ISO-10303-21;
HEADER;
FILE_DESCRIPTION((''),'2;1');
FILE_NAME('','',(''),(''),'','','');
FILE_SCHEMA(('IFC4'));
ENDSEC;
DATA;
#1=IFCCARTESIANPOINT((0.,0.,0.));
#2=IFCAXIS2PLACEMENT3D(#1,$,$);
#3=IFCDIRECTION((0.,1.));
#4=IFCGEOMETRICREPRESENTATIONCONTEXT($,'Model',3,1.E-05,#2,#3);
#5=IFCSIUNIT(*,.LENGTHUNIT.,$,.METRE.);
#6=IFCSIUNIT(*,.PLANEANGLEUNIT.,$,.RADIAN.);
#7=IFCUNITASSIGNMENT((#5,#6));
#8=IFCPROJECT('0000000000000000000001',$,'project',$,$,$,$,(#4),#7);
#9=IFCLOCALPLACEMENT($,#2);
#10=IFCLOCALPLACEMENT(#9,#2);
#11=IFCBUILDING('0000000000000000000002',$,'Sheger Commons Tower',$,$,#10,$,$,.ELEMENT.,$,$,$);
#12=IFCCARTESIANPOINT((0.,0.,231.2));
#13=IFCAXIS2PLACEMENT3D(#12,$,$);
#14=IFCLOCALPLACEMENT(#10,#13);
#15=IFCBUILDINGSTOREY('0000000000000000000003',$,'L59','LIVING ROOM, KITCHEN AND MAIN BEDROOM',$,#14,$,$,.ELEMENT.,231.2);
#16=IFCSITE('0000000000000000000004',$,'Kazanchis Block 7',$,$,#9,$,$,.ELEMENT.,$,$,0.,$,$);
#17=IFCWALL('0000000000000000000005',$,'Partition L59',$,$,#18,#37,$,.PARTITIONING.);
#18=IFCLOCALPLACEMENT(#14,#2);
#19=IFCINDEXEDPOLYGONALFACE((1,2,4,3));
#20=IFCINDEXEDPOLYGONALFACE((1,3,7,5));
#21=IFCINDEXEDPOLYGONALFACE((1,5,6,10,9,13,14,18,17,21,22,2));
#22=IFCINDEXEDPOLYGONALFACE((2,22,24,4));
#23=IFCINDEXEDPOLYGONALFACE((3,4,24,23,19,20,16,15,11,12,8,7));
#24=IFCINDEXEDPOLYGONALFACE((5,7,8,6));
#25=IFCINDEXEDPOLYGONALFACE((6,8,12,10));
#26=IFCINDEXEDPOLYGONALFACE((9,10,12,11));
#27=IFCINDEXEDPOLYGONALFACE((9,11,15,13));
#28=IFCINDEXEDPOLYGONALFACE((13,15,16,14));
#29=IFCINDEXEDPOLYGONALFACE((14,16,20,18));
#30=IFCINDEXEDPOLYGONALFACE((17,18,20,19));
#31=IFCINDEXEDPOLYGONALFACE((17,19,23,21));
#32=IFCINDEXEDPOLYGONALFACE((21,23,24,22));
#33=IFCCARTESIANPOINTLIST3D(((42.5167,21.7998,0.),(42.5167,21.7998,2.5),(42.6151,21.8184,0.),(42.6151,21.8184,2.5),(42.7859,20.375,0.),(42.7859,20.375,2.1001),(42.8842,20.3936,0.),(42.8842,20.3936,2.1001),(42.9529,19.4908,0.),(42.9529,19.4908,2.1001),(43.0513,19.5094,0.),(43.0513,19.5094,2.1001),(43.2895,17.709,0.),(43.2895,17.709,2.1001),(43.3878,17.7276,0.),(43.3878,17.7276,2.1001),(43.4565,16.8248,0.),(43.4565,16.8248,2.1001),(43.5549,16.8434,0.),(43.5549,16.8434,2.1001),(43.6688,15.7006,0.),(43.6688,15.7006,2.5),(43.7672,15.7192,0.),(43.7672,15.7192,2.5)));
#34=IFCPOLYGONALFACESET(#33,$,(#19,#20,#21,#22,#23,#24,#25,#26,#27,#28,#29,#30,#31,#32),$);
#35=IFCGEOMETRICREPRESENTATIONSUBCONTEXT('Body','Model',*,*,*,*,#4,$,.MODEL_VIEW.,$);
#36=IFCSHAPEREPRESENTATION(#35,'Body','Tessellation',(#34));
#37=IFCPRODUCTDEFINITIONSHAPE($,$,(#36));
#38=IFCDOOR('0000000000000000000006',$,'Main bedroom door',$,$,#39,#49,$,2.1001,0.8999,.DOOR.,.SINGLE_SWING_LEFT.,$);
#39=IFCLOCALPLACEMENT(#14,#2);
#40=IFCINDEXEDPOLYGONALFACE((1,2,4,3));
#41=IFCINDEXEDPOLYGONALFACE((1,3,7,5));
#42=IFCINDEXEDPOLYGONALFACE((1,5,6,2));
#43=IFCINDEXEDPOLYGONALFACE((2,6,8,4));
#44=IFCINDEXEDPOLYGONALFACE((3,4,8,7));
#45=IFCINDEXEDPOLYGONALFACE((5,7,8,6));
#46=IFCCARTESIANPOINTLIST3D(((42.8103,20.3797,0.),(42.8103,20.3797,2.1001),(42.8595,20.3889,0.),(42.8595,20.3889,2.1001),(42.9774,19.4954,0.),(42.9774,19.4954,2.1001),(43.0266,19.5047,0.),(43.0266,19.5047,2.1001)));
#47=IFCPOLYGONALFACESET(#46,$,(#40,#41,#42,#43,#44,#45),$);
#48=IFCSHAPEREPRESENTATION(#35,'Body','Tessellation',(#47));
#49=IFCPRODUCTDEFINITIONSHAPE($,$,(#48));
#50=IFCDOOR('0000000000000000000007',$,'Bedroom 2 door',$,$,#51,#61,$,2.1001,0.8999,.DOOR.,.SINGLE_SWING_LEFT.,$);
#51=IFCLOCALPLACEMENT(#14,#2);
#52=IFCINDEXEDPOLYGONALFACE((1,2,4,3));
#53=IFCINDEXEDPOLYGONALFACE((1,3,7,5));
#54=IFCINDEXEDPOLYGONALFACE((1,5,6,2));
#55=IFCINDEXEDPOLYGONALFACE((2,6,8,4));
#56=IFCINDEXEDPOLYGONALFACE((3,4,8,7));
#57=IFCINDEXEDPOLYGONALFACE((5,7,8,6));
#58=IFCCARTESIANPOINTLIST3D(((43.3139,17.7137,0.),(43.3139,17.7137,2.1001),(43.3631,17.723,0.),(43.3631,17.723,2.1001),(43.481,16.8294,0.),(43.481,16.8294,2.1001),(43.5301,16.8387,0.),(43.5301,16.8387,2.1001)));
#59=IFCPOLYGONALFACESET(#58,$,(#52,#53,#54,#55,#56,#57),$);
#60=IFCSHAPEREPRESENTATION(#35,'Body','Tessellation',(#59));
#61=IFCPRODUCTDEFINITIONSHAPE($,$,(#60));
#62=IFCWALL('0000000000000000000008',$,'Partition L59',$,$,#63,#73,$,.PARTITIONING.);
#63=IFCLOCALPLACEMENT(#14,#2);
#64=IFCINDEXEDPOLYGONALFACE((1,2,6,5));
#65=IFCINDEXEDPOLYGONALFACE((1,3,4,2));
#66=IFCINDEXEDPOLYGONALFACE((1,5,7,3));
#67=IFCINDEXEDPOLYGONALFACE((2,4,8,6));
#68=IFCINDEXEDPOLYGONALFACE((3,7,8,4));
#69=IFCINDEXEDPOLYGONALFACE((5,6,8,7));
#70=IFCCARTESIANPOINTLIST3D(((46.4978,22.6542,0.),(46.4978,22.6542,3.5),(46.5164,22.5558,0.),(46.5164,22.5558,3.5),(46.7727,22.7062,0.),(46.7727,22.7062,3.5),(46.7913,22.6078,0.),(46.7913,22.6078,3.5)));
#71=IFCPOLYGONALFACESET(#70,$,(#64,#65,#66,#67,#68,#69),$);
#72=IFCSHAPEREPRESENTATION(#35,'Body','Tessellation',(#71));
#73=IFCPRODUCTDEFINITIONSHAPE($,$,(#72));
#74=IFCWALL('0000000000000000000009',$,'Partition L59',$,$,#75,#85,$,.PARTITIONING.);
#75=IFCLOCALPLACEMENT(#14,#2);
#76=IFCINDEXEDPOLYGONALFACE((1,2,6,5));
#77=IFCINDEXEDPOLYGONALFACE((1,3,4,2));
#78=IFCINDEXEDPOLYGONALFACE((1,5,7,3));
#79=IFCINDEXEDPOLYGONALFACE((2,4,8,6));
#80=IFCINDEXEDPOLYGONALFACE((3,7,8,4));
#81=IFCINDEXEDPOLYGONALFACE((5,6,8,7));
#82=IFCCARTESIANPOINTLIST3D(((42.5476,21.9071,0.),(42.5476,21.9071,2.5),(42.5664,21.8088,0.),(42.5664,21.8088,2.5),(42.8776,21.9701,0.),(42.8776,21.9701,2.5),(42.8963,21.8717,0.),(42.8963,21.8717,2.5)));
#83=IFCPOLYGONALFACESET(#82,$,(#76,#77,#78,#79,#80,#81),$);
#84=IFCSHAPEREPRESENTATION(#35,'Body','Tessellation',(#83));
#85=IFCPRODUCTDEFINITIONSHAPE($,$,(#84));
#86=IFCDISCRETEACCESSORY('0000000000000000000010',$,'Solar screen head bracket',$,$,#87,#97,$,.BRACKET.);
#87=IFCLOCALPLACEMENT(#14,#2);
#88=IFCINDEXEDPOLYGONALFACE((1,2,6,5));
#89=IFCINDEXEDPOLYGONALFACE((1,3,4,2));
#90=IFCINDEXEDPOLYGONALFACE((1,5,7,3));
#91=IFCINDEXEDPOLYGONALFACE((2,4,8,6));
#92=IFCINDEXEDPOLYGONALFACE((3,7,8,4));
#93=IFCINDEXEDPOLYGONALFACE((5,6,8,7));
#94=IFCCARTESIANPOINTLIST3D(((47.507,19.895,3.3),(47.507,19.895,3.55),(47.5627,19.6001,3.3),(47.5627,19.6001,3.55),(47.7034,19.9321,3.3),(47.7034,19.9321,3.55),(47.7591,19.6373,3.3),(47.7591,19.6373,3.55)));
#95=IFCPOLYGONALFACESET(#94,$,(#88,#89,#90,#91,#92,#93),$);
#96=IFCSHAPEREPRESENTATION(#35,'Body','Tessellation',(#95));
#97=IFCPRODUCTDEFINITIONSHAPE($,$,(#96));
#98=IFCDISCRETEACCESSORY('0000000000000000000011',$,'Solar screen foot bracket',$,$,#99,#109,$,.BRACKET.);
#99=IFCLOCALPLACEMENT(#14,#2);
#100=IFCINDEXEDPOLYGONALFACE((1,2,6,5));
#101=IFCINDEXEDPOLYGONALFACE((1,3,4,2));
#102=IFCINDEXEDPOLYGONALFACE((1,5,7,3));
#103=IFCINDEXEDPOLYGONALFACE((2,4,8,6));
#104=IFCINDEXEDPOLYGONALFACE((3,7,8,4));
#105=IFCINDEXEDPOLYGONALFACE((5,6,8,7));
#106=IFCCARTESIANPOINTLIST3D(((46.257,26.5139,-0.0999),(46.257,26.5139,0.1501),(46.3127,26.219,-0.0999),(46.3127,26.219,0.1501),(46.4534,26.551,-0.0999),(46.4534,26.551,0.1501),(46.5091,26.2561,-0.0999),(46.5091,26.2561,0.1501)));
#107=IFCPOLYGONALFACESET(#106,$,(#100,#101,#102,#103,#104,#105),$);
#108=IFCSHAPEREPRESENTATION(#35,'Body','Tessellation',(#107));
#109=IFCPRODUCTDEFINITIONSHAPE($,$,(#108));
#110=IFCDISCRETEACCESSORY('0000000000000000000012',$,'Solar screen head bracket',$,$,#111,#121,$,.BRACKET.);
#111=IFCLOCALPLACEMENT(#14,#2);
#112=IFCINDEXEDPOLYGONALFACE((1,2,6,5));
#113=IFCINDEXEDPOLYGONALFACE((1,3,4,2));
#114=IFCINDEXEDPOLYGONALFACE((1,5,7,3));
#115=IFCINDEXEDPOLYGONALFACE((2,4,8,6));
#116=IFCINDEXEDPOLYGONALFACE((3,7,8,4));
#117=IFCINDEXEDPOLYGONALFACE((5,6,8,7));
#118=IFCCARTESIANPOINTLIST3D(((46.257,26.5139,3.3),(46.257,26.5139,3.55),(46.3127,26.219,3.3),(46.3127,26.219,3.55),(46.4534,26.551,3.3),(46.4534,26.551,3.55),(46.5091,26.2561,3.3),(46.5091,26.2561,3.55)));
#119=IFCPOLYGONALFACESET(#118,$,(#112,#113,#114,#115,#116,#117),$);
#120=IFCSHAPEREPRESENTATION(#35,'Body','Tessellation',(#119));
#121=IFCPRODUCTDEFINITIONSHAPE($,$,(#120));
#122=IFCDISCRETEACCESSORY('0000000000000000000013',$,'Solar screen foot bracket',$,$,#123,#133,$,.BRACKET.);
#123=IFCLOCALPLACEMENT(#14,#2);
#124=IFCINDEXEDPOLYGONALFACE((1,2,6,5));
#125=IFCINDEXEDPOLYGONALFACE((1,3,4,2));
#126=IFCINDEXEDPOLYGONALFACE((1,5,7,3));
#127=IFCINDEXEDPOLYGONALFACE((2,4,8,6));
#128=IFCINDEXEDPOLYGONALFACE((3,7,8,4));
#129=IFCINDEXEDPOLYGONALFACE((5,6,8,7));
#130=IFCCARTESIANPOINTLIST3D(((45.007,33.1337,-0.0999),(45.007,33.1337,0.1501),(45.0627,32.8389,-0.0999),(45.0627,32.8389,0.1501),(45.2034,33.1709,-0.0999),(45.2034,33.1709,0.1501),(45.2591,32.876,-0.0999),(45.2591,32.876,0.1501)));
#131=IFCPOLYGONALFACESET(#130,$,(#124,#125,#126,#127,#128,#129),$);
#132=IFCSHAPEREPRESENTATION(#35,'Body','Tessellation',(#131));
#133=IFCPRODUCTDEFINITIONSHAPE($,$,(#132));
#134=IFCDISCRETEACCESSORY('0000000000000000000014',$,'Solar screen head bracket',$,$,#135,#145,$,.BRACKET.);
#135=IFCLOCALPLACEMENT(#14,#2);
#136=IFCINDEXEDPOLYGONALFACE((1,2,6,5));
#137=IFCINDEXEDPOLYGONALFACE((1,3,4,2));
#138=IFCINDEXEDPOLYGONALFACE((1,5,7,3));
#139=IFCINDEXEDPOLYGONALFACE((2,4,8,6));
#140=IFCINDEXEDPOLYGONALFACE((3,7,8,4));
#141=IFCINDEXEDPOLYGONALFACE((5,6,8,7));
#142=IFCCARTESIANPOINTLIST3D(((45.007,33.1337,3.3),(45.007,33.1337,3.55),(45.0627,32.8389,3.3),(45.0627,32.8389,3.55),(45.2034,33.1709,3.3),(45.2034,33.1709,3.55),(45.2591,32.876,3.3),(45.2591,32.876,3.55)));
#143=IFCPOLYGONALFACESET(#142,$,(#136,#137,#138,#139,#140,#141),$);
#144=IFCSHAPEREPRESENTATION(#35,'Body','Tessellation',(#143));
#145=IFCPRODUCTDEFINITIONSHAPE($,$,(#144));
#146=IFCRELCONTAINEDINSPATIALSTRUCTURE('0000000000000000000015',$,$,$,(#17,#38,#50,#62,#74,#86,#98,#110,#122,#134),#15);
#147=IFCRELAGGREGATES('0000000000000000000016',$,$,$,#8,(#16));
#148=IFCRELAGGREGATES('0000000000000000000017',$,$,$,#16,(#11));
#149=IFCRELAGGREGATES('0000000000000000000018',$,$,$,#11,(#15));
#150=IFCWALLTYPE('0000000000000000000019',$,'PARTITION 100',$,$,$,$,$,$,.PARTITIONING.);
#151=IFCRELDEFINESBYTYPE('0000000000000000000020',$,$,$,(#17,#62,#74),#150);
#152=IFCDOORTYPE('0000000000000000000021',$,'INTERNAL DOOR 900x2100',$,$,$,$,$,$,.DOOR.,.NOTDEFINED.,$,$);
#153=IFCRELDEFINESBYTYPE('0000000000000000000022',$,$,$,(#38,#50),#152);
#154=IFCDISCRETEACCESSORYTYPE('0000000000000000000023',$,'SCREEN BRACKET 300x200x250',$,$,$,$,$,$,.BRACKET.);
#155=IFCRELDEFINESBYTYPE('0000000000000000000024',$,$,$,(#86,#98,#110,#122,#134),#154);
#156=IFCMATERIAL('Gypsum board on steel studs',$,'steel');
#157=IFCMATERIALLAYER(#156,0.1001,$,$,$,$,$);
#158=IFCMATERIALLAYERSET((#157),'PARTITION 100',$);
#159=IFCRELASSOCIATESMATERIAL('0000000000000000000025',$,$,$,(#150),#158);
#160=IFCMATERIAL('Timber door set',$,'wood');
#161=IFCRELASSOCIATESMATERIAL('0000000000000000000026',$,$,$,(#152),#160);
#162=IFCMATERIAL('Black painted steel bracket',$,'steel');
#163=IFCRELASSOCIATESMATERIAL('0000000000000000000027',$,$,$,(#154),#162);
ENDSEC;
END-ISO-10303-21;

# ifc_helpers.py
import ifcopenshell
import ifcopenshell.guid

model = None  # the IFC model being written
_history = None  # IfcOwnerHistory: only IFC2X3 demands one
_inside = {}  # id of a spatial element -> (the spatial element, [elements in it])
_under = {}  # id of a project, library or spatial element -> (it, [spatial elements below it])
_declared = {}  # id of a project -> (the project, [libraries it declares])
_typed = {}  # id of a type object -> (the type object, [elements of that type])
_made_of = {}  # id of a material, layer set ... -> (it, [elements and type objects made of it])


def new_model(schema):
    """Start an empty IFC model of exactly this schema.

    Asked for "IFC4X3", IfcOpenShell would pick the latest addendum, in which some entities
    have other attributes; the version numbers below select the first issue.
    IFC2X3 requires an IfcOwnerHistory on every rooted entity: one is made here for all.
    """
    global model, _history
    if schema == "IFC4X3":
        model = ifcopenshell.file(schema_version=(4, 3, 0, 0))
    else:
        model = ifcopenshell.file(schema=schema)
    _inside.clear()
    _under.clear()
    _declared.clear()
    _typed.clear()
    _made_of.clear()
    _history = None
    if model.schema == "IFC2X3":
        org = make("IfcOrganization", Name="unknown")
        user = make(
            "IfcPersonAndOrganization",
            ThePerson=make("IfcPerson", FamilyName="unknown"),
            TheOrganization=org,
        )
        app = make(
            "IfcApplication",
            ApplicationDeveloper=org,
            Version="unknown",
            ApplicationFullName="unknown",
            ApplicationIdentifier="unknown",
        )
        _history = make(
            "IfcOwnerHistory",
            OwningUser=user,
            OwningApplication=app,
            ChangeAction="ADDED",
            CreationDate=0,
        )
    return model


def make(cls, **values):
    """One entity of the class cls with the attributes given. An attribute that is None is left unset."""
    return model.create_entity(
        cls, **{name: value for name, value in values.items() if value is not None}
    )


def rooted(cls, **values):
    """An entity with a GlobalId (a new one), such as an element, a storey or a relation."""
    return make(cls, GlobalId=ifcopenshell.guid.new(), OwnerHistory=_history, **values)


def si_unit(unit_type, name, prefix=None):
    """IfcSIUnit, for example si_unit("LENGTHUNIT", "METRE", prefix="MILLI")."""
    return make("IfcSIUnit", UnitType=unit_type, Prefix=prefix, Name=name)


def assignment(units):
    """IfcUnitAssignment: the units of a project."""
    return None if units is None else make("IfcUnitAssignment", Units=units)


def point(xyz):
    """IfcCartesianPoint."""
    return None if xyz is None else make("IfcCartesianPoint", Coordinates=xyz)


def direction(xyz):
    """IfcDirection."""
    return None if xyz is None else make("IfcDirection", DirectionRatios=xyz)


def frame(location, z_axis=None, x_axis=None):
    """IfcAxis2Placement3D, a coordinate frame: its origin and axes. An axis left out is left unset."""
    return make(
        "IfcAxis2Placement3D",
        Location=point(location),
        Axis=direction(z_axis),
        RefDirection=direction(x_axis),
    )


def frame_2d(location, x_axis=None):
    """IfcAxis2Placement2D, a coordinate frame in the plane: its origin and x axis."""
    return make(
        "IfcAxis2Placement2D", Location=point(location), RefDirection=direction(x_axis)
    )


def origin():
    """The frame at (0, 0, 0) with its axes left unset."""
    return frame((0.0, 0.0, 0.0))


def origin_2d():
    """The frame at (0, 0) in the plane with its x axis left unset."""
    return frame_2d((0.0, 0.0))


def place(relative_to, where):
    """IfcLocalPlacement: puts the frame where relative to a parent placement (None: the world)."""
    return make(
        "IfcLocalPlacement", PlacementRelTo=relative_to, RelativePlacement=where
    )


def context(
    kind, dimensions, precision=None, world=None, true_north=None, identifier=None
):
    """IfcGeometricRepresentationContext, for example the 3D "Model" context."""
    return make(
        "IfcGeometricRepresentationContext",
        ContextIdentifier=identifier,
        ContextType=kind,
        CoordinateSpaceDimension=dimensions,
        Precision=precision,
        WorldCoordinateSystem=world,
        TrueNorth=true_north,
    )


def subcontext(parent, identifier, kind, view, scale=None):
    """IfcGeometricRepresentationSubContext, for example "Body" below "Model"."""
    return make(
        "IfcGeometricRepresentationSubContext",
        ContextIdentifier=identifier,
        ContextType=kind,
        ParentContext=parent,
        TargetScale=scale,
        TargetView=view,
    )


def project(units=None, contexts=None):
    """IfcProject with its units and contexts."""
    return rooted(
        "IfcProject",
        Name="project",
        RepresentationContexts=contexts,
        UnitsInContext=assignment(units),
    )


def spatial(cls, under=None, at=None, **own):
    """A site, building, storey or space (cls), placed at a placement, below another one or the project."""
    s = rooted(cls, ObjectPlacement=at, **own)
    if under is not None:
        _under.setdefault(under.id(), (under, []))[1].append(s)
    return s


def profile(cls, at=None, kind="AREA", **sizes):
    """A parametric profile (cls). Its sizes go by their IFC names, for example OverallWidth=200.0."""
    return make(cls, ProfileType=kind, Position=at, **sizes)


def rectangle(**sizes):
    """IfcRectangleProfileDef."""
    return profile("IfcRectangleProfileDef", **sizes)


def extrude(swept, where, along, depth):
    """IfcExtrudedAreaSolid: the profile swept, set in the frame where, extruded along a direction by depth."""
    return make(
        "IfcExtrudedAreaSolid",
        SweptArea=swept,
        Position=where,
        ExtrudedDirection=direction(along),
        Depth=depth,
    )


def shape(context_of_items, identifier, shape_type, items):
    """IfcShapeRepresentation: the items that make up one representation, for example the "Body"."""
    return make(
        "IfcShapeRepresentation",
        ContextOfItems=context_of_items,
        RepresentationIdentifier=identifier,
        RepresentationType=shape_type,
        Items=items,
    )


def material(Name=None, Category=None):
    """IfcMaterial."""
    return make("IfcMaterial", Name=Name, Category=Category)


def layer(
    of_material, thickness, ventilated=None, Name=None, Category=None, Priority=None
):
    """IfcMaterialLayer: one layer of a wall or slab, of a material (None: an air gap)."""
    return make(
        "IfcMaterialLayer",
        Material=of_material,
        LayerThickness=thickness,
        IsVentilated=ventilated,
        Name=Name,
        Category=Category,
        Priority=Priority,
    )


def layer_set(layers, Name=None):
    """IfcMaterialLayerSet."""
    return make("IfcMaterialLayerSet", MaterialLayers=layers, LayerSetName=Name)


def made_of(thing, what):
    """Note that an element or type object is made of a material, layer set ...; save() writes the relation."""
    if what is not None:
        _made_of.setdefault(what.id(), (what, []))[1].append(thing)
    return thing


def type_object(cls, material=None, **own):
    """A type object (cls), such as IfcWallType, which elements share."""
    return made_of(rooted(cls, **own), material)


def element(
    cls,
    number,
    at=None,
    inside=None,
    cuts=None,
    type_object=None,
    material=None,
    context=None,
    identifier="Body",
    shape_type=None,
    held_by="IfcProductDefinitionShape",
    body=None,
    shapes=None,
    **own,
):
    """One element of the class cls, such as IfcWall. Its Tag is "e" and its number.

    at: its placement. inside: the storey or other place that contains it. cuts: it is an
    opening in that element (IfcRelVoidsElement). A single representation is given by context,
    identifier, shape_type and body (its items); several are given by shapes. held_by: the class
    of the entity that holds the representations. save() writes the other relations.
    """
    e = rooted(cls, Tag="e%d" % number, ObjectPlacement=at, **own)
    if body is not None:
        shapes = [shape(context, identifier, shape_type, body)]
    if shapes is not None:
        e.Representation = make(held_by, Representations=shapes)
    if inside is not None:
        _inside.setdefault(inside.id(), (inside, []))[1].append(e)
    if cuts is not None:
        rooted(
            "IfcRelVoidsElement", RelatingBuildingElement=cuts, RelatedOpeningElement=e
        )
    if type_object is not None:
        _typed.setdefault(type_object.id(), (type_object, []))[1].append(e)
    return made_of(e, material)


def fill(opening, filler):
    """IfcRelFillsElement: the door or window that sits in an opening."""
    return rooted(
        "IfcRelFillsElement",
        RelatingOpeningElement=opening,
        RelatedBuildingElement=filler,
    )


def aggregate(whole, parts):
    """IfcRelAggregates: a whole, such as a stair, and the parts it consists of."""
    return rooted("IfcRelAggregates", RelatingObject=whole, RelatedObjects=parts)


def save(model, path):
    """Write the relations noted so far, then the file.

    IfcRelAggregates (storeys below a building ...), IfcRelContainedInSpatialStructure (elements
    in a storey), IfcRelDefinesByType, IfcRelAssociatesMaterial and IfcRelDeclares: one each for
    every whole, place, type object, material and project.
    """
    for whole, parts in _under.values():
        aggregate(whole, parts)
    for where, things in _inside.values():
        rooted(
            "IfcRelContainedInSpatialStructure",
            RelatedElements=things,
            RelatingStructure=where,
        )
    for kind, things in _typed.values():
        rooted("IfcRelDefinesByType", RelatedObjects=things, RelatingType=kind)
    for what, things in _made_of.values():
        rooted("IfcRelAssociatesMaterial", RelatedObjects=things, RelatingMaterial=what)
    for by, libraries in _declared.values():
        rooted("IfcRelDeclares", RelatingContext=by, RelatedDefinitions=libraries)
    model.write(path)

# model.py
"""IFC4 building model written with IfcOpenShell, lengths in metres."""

from ifc_helpers import new_model, si_unit, direction, frame, frame_2d, origin, origin_2d, place, context, subcontext, project, spatial, rectangle, extrude, material, layer, layer_set, type_object, element, fill, save


model = new_model("IFC4")

# Units and contexts
model_context = context("Model", 3, precision=1e-05, world=origin(), true_north=direction((0.0, 1.0)))
body_context = subcontext(model_context, "Body", "Model", "MODEL_VIEW")
ifc_project = project(units=[si_unit("LENGTHUNIT", "METRE"), si_unit("PLANEANGLEUNIT", "RADIAN")], contexts=[model_context])

# Site, building, storey
site_placement = place(None, origin())
site = spatial("IfcSite", under=ifc_project, at=site_placement, Name="Kazanchis Block 7", CompositionType="ELEMENT", RefElevation=0.0)
building_placement = place(site_placement, origin())
building = spatial("IfcBuilding", under=site, at=building_placement, Name="Sheger Commons Tower", CompositionType="ELEMENT")
storey_placement = place(building_placement, frame((0.0, 0.0, 231.2)))
storey = spatial("IfcBuildingStorey", under=building, at=storey_placement, Name="L59", Description="LIVING ROOM, KITCHEN AND MAIN BEDROOM", CompositionType="ELEMENT", Elevation=231.2)

# Shared definitions
ifc_material_1 = material(Name="Gypsum board on steel studs", Category="steel")
ifc_layer_1 = layer(ifc_material_1, 0.1001)
ifc_layer_set_1 = layer_set([ifc_layer_1], Name="PARTITION 100")
wall_type_1 = type_object("IfcWallType", Name="PARTITION 100", PredefinedType="PARTITIONING", material=ifc_layer_set_1)

# Wall, openings, doors
wall_1_placement = place(storey_placement, frame((42.5659, 21.8091, 0.0), z_axis=(0.0, 0.0, 1.0), x_axis=(0.185614, -0.982623, 0.0)))
wall_1 = element("IfcWall", 1, at=wall_1_placement, inside=storey, type_object=wall_type_1, Name="Partition L59", PredefinedType="PARTITIONING", context=body_context, shape_type="SweptSolid", body=[
    extrude(rectangle(XDim=6.207, YDim=0.1001, at=frame_2d((3.1035, 0.0))), origin(), (0.0, 0.0, 1.0), 2.5),
])
opening_1_placement = place(wall_1_placement, frame((1.45, 0.0, 0.0)))
opening_1 = element("IfcOpeningElement", 2, at=opening_1_placement, cuts=wall_1, PredefinedType="OPENING", context=body_context, shape_type="SweptSolid", body=[
    extrude(rectangle(XDim=0.8999, YDim=2.1001, at=frame_2d((0.45, 1.05))), frame((0.0, 0.0601, 0.0), z_axis=(0.0, -1.0, 0.0), x_axis=(1.0, 0.0, 0.0)), (0.0, 0.0, 1.0), 0.1201),
])
opening_2_placement = place(wall_1_placement, frame((4.1631, 0.0, 0.0)))
opening_2 = element("IfcOpeningElement", 3, at=opening_2_placement, cuts=wall_1, PredefinedType="OPENING", context=body_context, shape_type="SweptSolid", body=[
    extrude(rectangle(XDim=0.8999, YDim=2.1001, at=frame_2d((0.45, 1.05))), frame((0.0, 0.0601, 0.0), z_axis=(0.0, -1.0, 0.0), x_axis=(1.0, 0.0, 0.0)), (0.0, 0.0, 1.0), 0.1201),
])
ifc_material_2 = material(Name="Timber door set", Category="wood")
door_type = type_object("IfcDoorType", Name="INTERNAL DOOR 900x2100", OperationType="NOTDEFINED", PredefinedType="DOOR", material=ifc_material_2)
door_1_placement = place(opening_1_placement, origin())
door_1 = element("IfcDoor", 4, at=door_1_placement, inside=storey, type_object=door_type, Name="Main bedroom door", OperationType="SINGLE_SWING_LEFT", OverallHeight=2.1001, OverallWidth=0.8999, PredefinedType="DOOR", context=body_context, shape_type="SweptSolid", body=[
    extrude(rectangle(XDim=0.8999, YDim=2.1001, at=frame_2d((0.45, 1.05))), frame((0.0, 0.0249, 0.0), z_axis=(0.0, -1.0, 0.0), x_axis=(1.0, 0.0, 0.0)), (0.0, 0.0, 1.0), 0.05),
])
fill(opening_1, door_1)
door_2_placement = place(opening_2_placement, origin())
door_2 = element("IfcDoor", 5, at=door_2_placement, inside=storey, type_object=door_type, Name="Bedroom 2 door", OperationType="SINGLE_SWING_LEFT", OverallHeight=2.1001, OverallWidth=0.8999, PredefinedType="DOOR", context=body_context, shape_type="SweptSolid", body=[
    extrude(rectangle(XDim=0.8999, YDim=2.1001, at=frame_2d((0.45, 1.05))), frame((0.0, 0.0249, 0.0), z_axis=(0.0, -1.0, 0.0), x_axis=(1.0, 0.0, 0.0)), (0.0, 0.0, 1.0), 0.05),
])
fill(opening_2, door_2)

# Walls
wall_2_placement = place(storey_placement, frame((46.782, 22.657, 0.0), z_axis=(0.0, 0.0, 1.0), x_axis=(-0.982575, -0.185869, 0.0)))
element("IfcWall", 6, at=wall_2_placement, inside=storey, type_object=wall_type_1, Name="Partition L59", PredefinedType="PARTITIONING", context=body_context, shape_type="SweptSolid", body=[
    extrude(rectangle(XDim=0.2798, YDim=0.1001, at=frame_2d((0.1399, 0.0))), origin(), (0.0, 0.0, 1.0), 3.5),
])
wall_3_placement = place(storey_placement, frame((42.887, 21.9209, 0.0), z_axis=(0.0, 0.0, 1.0), x_axis=(-0.982275, -0.187446, 0.0)))
element("IfcWall", 7, at=wall_3_placement, inside=storey, type_object=wall_type_1, Name="Partition L59", PredefinedType="PARTITIONING", context=body_context, shape_type="SweptSolid", body=[
    extrude(rectangle(XDim=0.3359, YDim=0.1001, at=frame_2d((0.168, 0.0))), origin(), (0.0, 0.0, 1.0), 2.5),
])

# Discrete accessories
ifc_material_3 = material(Name="Black painted steel bracket", Category="steel")
discrete_accessory_type = type_object("IfcDiscreteAccessoryType", Name="SCREEN BRACKET 300x200x250", PredefinedType="BRACKET", material=ifc_material_3)
for number, where, z_axis, x_axis, name in (
    (8, (47.6331, 19.7661, 3.3), (0.0, 0.0, 1.0), (-0.185615, 0.982623, 0.0), "Solar screen head bracket"),
    (9, (46.3831, 26.385, -0.0999), (0.0, 0.0, 1.0), (-0.185615, 0.982623, 0.0), "Solar screen foot bracket"),
    (10, (46.3831, 26.385, 3.3), (0.0, 0.0, 1.0), (-0.185615, 0.982623, 0.0), "Solar screen head bracket"),
    (11, (45.1331, 33.0049, -0.0999), (0.0, 0.0, 1.0), (-0.185615, 0.982623, 0.0), "Solar screen foot bracket"),
    (12, (45.1331, 33.0049, 3.3), (0.0, 0.0, 1.0), (-0.185615, 0.982623, 0.0), "Solar screen head bracket"),
):
    element("IfcDiscreteAccessory", number, at=place(storey_placement, frame(where, z_axis=z_axis, x_axis=x_axis)), inside=storey, type_object=discrete_accessory_type, Name=name, PredefinedType="BRACKET", context=body_context, shape_type="SweptSolid", body=[
        extrude(rectangle(XDim=0.3, YDim=0.2, at=origin_2d()), origin(), (0.0, 0.0, 1.0), 0.25),
    ])

save(model, "model.ifc")
